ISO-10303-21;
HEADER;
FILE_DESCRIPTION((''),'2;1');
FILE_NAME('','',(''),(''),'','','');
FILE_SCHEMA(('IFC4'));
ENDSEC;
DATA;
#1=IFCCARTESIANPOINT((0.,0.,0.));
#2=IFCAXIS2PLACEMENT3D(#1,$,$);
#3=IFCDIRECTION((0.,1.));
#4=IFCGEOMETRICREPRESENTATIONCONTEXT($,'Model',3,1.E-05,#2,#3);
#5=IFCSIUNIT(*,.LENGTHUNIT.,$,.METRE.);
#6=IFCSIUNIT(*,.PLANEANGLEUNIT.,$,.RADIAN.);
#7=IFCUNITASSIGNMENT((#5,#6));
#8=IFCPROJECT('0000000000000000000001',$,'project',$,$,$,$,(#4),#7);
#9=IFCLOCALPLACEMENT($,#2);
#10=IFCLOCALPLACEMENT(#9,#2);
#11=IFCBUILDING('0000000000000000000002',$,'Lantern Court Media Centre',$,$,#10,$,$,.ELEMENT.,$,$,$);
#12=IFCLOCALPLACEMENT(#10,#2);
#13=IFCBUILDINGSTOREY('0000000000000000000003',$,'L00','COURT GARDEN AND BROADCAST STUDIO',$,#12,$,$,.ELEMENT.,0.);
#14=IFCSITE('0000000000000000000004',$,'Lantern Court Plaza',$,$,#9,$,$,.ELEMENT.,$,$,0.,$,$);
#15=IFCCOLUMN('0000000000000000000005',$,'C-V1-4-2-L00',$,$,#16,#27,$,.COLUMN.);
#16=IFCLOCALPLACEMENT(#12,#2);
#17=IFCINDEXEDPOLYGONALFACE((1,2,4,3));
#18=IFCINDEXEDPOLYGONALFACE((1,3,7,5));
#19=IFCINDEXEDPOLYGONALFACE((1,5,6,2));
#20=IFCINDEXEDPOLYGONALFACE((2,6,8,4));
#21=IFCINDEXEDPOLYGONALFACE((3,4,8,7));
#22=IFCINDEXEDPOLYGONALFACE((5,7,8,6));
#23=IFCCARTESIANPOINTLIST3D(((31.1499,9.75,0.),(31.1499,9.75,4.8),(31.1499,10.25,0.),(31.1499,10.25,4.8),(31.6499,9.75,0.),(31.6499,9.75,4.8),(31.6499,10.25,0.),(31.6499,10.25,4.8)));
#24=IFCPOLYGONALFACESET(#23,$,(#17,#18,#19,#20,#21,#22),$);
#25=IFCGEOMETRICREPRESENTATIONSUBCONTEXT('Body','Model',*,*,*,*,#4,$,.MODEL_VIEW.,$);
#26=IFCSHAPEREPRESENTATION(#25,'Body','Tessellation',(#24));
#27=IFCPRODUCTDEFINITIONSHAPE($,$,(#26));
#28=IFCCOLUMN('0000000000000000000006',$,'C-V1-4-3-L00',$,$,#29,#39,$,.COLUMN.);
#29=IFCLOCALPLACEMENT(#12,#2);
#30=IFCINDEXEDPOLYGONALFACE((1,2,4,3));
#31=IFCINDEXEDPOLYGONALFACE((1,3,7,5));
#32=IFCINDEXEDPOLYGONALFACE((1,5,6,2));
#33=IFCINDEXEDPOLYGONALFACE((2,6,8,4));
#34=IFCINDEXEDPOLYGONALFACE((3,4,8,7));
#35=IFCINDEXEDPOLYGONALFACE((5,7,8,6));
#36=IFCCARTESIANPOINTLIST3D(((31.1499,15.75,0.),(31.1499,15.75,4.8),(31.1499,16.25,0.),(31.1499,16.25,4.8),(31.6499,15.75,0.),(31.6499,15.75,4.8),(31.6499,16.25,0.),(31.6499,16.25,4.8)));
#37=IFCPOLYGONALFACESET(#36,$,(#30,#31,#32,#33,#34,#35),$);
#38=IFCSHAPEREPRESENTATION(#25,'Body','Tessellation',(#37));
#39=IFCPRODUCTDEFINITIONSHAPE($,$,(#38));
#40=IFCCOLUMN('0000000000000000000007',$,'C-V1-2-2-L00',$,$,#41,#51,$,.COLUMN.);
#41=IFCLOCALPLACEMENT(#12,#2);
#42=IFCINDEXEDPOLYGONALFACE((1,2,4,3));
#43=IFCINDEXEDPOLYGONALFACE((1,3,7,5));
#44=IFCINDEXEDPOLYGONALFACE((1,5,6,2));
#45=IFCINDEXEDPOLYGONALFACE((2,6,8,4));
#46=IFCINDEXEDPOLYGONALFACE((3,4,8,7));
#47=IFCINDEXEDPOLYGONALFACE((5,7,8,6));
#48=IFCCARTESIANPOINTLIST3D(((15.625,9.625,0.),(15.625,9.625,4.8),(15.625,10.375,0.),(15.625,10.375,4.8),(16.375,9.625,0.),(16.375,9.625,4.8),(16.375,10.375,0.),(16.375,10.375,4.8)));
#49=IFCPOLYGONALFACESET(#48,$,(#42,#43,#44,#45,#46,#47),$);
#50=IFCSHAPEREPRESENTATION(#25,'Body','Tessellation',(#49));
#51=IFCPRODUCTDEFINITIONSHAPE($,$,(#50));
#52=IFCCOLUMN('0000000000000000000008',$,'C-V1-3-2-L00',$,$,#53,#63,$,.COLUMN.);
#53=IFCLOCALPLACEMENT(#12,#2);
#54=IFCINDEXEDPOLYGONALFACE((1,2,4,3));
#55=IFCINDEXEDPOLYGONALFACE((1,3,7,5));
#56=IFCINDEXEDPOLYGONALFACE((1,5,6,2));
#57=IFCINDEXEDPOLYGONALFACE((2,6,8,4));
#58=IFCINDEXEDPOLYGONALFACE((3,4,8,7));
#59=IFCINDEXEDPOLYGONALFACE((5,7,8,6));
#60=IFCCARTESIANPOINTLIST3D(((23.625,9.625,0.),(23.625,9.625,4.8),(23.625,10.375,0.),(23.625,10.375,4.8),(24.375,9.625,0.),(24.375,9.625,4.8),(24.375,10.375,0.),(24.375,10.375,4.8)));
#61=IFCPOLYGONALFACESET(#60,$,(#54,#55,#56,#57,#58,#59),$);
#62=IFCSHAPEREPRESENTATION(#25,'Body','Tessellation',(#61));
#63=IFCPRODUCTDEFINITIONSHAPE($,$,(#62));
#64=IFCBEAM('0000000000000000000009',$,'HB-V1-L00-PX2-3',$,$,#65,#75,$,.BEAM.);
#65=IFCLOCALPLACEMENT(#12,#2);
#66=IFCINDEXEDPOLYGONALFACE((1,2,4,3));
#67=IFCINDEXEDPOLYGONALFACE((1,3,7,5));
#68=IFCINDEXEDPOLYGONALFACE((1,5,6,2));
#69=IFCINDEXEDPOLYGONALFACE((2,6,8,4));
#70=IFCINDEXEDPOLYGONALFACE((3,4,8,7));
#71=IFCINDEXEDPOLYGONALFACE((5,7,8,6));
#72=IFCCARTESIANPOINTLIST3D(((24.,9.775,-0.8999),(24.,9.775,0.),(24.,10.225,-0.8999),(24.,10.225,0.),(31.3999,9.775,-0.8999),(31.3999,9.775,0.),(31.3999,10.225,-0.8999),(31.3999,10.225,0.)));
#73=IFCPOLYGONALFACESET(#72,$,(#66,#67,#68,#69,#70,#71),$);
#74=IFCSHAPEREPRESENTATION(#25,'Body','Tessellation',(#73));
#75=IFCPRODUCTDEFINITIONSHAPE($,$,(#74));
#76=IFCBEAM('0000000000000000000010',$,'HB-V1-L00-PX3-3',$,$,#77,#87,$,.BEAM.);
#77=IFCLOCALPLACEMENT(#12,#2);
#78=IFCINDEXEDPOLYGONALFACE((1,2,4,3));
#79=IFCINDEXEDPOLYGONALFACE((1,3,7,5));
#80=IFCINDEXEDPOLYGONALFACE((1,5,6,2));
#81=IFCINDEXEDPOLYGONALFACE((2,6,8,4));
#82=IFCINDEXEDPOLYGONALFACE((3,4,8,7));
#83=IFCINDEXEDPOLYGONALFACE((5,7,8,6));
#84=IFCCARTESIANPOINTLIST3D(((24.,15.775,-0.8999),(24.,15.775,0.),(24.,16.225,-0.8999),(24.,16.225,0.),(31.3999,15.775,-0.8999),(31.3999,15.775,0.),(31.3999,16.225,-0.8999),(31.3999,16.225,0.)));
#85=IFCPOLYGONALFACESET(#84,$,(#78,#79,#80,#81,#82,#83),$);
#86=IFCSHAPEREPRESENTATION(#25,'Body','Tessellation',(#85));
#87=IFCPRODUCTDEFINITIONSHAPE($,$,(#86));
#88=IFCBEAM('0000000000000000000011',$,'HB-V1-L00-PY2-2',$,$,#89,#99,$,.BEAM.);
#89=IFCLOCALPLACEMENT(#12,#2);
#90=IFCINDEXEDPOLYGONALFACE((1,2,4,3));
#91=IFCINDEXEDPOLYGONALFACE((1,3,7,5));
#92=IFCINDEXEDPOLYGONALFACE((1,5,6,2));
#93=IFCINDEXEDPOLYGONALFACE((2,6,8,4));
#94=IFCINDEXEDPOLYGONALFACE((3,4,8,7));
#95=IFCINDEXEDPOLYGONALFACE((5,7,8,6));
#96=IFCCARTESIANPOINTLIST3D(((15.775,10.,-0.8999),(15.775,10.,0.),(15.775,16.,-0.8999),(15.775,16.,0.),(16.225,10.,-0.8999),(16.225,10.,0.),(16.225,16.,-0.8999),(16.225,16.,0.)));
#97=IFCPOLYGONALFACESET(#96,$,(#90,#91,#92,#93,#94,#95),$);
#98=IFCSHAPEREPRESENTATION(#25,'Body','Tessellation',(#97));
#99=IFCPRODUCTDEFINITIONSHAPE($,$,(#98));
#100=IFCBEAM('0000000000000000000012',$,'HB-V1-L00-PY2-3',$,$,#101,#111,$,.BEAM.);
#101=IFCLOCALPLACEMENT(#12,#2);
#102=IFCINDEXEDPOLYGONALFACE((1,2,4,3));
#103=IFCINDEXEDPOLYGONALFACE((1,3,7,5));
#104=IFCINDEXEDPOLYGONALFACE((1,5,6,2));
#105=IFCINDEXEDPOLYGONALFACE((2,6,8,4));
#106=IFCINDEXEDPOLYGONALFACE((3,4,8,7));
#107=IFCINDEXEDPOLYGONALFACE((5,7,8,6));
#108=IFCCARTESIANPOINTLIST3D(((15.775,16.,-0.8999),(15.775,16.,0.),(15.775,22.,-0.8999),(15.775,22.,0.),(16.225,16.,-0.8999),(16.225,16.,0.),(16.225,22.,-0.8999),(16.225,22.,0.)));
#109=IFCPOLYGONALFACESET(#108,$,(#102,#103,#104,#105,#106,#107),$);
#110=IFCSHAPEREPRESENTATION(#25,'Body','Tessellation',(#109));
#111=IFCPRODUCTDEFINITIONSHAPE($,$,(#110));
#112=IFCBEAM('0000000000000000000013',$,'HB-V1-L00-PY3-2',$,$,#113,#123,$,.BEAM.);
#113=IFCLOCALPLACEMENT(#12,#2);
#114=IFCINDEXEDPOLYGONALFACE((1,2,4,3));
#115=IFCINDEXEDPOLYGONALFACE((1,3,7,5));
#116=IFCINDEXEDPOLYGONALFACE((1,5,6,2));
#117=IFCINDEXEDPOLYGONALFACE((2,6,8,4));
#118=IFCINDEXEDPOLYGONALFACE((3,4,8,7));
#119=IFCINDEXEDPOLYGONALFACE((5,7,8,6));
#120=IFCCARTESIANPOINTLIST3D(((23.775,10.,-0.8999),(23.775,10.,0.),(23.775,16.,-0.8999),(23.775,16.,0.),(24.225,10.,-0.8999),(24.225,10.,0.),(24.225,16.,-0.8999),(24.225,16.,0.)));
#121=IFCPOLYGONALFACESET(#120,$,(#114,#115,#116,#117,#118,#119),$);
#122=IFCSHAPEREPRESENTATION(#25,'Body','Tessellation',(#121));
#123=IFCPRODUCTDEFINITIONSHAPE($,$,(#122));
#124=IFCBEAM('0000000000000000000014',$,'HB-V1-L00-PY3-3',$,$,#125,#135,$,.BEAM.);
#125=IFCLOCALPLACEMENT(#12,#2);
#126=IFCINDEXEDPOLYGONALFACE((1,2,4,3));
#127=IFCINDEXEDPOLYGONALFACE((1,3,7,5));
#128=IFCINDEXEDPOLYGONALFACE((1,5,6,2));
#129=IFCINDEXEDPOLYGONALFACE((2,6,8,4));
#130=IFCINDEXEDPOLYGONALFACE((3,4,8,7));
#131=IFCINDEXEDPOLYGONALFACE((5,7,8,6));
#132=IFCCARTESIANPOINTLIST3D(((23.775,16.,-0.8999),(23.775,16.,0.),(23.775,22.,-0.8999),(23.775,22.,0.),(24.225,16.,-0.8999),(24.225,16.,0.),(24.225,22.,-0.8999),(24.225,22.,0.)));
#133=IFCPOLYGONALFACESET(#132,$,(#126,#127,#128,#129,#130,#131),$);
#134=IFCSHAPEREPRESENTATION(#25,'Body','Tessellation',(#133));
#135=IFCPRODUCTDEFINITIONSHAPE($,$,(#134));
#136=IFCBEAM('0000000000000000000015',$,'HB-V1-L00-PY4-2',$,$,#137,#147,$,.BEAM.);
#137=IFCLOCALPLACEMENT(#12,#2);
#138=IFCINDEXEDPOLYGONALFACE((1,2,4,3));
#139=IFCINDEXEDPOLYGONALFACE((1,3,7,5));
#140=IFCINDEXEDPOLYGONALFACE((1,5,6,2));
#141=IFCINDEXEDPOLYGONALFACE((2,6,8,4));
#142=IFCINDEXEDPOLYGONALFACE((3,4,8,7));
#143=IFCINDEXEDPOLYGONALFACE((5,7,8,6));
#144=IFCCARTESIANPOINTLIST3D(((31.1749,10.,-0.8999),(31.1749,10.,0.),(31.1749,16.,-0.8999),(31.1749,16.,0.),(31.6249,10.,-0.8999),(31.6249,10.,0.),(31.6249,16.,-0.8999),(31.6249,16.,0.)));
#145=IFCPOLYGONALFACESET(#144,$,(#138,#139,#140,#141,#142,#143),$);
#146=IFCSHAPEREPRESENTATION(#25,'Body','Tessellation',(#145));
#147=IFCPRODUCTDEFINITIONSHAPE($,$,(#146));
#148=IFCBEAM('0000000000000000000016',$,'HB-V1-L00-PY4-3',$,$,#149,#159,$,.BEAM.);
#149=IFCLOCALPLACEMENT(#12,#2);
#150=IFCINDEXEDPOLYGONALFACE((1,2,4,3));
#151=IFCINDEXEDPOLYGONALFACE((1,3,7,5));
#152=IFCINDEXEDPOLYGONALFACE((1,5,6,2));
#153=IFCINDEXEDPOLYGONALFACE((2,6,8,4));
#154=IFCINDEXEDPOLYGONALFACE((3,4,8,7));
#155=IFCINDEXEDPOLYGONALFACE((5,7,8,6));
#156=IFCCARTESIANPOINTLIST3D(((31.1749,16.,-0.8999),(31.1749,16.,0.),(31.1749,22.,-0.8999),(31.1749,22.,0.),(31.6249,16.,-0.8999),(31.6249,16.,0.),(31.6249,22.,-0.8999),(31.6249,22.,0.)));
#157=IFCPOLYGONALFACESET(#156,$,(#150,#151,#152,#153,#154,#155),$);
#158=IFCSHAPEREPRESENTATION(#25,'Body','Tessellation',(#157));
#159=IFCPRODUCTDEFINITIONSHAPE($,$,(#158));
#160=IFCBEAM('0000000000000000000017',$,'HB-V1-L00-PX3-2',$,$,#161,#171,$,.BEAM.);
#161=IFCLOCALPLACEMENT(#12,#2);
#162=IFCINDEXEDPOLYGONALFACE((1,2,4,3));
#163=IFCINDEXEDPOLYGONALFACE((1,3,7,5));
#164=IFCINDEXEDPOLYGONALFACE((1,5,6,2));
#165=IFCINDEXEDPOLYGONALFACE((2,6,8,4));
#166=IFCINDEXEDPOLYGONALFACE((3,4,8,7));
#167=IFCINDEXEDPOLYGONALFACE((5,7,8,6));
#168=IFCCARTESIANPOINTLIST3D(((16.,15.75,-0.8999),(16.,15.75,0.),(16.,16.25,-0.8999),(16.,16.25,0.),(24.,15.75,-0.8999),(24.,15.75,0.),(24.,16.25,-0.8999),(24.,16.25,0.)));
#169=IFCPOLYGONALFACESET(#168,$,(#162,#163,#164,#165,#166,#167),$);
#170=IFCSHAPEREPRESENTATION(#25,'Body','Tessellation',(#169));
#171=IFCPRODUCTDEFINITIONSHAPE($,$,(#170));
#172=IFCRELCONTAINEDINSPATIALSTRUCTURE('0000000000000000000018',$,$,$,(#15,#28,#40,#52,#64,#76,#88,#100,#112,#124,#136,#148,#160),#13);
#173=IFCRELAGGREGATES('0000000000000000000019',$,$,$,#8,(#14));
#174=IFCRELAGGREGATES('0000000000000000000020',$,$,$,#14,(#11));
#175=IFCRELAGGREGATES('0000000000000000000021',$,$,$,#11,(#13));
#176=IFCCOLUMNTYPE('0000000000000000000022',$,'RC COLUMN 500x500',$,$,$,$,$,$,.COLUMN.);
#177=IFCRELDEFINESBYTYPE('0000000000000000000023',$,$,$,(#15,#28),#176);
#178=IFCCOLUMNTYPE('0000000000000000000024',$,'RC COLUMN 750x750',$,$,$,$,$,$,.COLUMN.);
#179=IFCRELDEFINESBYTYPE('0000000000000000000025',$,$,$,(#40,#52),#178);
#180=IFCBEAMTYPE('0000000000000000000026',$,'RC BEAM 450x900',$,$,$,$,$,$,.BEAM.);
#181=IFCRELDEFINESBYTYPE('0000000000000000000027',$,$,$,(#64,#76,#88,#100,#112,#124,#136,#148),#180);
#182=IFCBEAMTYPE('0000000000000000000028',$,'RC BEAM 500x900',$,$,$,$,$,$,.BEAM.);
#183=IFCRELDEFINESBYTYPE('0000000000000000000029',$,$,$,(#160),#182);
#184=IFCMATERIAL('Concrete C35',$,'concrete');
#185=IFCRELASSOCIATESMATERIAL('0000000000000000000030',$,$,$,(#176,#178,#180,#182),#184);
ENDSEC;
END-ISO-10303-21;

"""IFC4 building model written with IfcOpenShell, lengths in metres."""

from ifc_helpers import new_model, si_unit, direction, frame, origin, origin_2d, place, context, subcontext, project, spatial, rectangle, extrude, material, material_profile, profile_set, type_object, element, save


model = new_model("IFC4")

# Units and contexts
model_context = context("Model", 3, precision=1e-05, world=origin(), true_north=direction((0.0, 1.0)))
body_context = subcontext(model_context, "Body", "Model", "MODEL_VIEW")
ifc_project = project(units=[si_unit("LENGTHUNIT", "METRE"), si_unit("PLANEANGLEUNIT", "RADIAN")], contexts=[model_context])

# Site, building, storey
site_placement = place(None, origin())
site = spatial("IfcSite", under=ifc_project, at=site_placement, Name="Lantern Court Plaza", CompositionType="ELEMENT", RefElevation=0.0)
building_placement = place(site_placement, origin())
building = spatial("IfcBuilding", under=site, at=building_placement, Name="Lantern Court Media Centre", CompositionType="ELEMENT")
storey_placement = place(building_placement, origin())
storey = spatial("IfcBuildingStorey", under=building, at=storey_placement, Name="L00", Description="COURT GARDEN AND BROADCAST STUDIO", CompositionType="ELEMENT", Elevation=0.0)

# Columns
ifc_material_1 = material(Name="Concrete C35", Category="concrete")
ifc_material_profile_1 = material_profile(ifc_material_1, rectangle(XDim=0.5, YDim=0.5, at=origin_2d()), Name="RC 500x500")
ifc_profile_set_1 = profile_set([ifc_material_profile_1], Name="Concrete C35")
column_type_1 = type_object("IfcColumnType", Name="RC COLUMN 500x500", PredefinedType="COLUMN", material=ifc_profile_set_1)
for number, where, z_axis, x_axis, name in (
    (1, (31.3999, 10.0, 0.0), (0.0, 0.0, 1.0), (1.0, 0.0, 0.0), "C-V1-4-2-L00"),
    (2, (31.3999, 16.0, 0.0), (0.0, 0.0, 1.0), (1.0, 0.0, 0.0), "C-V1-4-3-L00"),
):
    element("IfcColumn", number, at=place(storey_placement, frame(where, z_axis=z_axis, x_axis=x_axis)), inside=storey, type_object=column_type_1, Name=name, PredefinedType="COLUMN", context=body_context, shape_type="SweptSolid", body=[
        extrude(rectangle(XDim=0.5, YDim=0.5, at=origin_2d()), origin(), (0.0, 0.0, 1.0), 4.8),
    ])
ifc_material_profile_2 = material_profile(ifc_material_1, rectangle(XDim=0.75, YDim=0.75, at=origin_2d()), Name="RC 750x750")
ifc_profile_set_2 = profile_set([ifc_material_profile_2], Name="Concrete C35")
column_type_2 = type_object("IfcColumnType", Name="RC COLUMN 750x750", PredefinedType="COLUMN", material=ifc_profile_set_2)
for number, where, z_axis, x_axis, name in (
    (3, (16.0, 10.0, 0.0), (0.0, 0.0, 1.0), (1.0, 0.0, 0.0), "C-V1-2-2-L00"),
    (4, (24.0, 10.0, 0.0), (0.0, 0.0, 1.0), (1.0, 0.0, 0.0), "C-V1-3-2-L00"),
):
    element("IfcColumn", number, at=place(storey_placement, frame(where, z_axis=z_axis, x_axis=x_axis)), inside=storey, type_object=column_type_2, Name=name, PredefinedType="COLUMN", context=body_context, shape_type="SweptSolid", body=[
        extrude(rectangle(XDim=0.75, YDim=0.75, at=origin_2d()), origin(), (0.0, 0.0, 1.0), 4.8),
    ])

# Beams
ifc_material_profile_3 = material_profile(ifc_material_1, rectangle(XDim=0.45, YDim=0.8999, at=origin_2d()), Name="RC 450x900")
ifc_profile_set_3 = profile_set([ifc_material_profile_3], Name="Concrete C35")
beam_type_1 = type_object("IfcBeamType", Name="RC BEAM 450x900", PredefinedType="BEAM", material=ifc_profile_set_3)
for number, where, z_axis, x_axis, name in (
    (5, (24.0, 10.0, -0.45), (1.0, 0.0, 0.0), (0.0, 1.0, 0.0), "HB-V1-L00-PX2-3"),
    (6, (24.0, 16.0, -0.45), (1.0, 0.0, 0.0), (0.0, 1.0, 0.0), "HB-V1-L00-PX3-3"),
):
    element("IfcBeam", number, at=place(storey_placement, frame(where, z_axis=z_axis, x_axis=x_axis)), inside=storey, type_object=beam_type_1, Name=name, PredefinedType="BEAM", context=body_context, shape_type="SweptSolid", body=[
        extrude(rectangle(XDim=0.45, YDim=0.8999, at=origin_2d()), origin(), (0.0, 0.0, 1.0), 7.3999),
    ])
for number, where, z_axis, x_axis, name in (
    (7, (16.0, 10.0, -0.45), (0.0, 1.0, 0.0), (-1.0, 0.0, 0.0), "HB-V1-L00-PY2-2"),
    (8, (16.0, 16.0, -0.45), (0.0, 1.0, 0.0), (-1.0, 0.0, 0.0), "HB-V1-L00-PY2-3"),
    (9, (24.0, 10.0, -0.45), (0.0, 1.0, 0.0), (-1.0, 0.0, 0.0), "HB-V1-L00-PY3-2"),
    (10, (24.0, 16.0, -0.45), (0.0, 1.0, 0.0), (-1.0, 0.0, 0.0), "HB-V1-L00-PY3-3"),
    (11, (31.3999, 10.0, -0.45), (0.0, 1.0, 0.0), (-1.0, 0.0, 0.0), "HB-V1-L00-PY4-2"),
    (12, (31.3999, 16.0, -0.45), (0.0, 1.0, 0.0), (-1.0, 0.0, 0.0), "HB-V1-L00-PY4-3"),
):
    element("IfcBeam", number, at=place(storey_placement, frame(where, z_axis=z_axis, x_axis=x_axis)), inside=storey, type_object=beam_type_1, Name=name, PredefinedType="BEAM", context=body_context, shape_type="SweptSolid", body=[
        extrude(rectangle(XDim=0.45, YDim=0.8999, at=origin_2d()), origin(), (0.0, 0.0, 1.0), 6.0),
    ])
ifc_material_profile_4 = material_profile(ifc_material_1, rectangle(XDim=0.5, YDim=0.8999, at=origin_2d()), Name="RC 500x900")
ifc_profile_set_4 = profile_set([ifc_material_profile_4], Name="Concrete C35")
beam_type_2 = type_object("IfcBeamType", Name="RC BEAM 500x900", PredefinedType="BEAM", material=ifc_profile_set_4)
beam_placement = place(storey_placement, frame((16.0, 16.0, -0.45), z_axis=(1.0, 0.0, 0.0), x_axis=(0.0, 1.0, 0.0)))
element("IfcBeam", 13, at=beam_placement, inside=storey, type_object=beam_type_2, Name="HB-V1-L00-PX3-2", PredefinedType="BEAM", context=body_context, shape_type="SweptSolid", body=[
    extrude(rectangle(XDim=0.5, YDim=0.8999, at=origin_2d()), origin(), (0.0, 0.0, 1.0), 8.0),
])

save(model, "model.ifc")
